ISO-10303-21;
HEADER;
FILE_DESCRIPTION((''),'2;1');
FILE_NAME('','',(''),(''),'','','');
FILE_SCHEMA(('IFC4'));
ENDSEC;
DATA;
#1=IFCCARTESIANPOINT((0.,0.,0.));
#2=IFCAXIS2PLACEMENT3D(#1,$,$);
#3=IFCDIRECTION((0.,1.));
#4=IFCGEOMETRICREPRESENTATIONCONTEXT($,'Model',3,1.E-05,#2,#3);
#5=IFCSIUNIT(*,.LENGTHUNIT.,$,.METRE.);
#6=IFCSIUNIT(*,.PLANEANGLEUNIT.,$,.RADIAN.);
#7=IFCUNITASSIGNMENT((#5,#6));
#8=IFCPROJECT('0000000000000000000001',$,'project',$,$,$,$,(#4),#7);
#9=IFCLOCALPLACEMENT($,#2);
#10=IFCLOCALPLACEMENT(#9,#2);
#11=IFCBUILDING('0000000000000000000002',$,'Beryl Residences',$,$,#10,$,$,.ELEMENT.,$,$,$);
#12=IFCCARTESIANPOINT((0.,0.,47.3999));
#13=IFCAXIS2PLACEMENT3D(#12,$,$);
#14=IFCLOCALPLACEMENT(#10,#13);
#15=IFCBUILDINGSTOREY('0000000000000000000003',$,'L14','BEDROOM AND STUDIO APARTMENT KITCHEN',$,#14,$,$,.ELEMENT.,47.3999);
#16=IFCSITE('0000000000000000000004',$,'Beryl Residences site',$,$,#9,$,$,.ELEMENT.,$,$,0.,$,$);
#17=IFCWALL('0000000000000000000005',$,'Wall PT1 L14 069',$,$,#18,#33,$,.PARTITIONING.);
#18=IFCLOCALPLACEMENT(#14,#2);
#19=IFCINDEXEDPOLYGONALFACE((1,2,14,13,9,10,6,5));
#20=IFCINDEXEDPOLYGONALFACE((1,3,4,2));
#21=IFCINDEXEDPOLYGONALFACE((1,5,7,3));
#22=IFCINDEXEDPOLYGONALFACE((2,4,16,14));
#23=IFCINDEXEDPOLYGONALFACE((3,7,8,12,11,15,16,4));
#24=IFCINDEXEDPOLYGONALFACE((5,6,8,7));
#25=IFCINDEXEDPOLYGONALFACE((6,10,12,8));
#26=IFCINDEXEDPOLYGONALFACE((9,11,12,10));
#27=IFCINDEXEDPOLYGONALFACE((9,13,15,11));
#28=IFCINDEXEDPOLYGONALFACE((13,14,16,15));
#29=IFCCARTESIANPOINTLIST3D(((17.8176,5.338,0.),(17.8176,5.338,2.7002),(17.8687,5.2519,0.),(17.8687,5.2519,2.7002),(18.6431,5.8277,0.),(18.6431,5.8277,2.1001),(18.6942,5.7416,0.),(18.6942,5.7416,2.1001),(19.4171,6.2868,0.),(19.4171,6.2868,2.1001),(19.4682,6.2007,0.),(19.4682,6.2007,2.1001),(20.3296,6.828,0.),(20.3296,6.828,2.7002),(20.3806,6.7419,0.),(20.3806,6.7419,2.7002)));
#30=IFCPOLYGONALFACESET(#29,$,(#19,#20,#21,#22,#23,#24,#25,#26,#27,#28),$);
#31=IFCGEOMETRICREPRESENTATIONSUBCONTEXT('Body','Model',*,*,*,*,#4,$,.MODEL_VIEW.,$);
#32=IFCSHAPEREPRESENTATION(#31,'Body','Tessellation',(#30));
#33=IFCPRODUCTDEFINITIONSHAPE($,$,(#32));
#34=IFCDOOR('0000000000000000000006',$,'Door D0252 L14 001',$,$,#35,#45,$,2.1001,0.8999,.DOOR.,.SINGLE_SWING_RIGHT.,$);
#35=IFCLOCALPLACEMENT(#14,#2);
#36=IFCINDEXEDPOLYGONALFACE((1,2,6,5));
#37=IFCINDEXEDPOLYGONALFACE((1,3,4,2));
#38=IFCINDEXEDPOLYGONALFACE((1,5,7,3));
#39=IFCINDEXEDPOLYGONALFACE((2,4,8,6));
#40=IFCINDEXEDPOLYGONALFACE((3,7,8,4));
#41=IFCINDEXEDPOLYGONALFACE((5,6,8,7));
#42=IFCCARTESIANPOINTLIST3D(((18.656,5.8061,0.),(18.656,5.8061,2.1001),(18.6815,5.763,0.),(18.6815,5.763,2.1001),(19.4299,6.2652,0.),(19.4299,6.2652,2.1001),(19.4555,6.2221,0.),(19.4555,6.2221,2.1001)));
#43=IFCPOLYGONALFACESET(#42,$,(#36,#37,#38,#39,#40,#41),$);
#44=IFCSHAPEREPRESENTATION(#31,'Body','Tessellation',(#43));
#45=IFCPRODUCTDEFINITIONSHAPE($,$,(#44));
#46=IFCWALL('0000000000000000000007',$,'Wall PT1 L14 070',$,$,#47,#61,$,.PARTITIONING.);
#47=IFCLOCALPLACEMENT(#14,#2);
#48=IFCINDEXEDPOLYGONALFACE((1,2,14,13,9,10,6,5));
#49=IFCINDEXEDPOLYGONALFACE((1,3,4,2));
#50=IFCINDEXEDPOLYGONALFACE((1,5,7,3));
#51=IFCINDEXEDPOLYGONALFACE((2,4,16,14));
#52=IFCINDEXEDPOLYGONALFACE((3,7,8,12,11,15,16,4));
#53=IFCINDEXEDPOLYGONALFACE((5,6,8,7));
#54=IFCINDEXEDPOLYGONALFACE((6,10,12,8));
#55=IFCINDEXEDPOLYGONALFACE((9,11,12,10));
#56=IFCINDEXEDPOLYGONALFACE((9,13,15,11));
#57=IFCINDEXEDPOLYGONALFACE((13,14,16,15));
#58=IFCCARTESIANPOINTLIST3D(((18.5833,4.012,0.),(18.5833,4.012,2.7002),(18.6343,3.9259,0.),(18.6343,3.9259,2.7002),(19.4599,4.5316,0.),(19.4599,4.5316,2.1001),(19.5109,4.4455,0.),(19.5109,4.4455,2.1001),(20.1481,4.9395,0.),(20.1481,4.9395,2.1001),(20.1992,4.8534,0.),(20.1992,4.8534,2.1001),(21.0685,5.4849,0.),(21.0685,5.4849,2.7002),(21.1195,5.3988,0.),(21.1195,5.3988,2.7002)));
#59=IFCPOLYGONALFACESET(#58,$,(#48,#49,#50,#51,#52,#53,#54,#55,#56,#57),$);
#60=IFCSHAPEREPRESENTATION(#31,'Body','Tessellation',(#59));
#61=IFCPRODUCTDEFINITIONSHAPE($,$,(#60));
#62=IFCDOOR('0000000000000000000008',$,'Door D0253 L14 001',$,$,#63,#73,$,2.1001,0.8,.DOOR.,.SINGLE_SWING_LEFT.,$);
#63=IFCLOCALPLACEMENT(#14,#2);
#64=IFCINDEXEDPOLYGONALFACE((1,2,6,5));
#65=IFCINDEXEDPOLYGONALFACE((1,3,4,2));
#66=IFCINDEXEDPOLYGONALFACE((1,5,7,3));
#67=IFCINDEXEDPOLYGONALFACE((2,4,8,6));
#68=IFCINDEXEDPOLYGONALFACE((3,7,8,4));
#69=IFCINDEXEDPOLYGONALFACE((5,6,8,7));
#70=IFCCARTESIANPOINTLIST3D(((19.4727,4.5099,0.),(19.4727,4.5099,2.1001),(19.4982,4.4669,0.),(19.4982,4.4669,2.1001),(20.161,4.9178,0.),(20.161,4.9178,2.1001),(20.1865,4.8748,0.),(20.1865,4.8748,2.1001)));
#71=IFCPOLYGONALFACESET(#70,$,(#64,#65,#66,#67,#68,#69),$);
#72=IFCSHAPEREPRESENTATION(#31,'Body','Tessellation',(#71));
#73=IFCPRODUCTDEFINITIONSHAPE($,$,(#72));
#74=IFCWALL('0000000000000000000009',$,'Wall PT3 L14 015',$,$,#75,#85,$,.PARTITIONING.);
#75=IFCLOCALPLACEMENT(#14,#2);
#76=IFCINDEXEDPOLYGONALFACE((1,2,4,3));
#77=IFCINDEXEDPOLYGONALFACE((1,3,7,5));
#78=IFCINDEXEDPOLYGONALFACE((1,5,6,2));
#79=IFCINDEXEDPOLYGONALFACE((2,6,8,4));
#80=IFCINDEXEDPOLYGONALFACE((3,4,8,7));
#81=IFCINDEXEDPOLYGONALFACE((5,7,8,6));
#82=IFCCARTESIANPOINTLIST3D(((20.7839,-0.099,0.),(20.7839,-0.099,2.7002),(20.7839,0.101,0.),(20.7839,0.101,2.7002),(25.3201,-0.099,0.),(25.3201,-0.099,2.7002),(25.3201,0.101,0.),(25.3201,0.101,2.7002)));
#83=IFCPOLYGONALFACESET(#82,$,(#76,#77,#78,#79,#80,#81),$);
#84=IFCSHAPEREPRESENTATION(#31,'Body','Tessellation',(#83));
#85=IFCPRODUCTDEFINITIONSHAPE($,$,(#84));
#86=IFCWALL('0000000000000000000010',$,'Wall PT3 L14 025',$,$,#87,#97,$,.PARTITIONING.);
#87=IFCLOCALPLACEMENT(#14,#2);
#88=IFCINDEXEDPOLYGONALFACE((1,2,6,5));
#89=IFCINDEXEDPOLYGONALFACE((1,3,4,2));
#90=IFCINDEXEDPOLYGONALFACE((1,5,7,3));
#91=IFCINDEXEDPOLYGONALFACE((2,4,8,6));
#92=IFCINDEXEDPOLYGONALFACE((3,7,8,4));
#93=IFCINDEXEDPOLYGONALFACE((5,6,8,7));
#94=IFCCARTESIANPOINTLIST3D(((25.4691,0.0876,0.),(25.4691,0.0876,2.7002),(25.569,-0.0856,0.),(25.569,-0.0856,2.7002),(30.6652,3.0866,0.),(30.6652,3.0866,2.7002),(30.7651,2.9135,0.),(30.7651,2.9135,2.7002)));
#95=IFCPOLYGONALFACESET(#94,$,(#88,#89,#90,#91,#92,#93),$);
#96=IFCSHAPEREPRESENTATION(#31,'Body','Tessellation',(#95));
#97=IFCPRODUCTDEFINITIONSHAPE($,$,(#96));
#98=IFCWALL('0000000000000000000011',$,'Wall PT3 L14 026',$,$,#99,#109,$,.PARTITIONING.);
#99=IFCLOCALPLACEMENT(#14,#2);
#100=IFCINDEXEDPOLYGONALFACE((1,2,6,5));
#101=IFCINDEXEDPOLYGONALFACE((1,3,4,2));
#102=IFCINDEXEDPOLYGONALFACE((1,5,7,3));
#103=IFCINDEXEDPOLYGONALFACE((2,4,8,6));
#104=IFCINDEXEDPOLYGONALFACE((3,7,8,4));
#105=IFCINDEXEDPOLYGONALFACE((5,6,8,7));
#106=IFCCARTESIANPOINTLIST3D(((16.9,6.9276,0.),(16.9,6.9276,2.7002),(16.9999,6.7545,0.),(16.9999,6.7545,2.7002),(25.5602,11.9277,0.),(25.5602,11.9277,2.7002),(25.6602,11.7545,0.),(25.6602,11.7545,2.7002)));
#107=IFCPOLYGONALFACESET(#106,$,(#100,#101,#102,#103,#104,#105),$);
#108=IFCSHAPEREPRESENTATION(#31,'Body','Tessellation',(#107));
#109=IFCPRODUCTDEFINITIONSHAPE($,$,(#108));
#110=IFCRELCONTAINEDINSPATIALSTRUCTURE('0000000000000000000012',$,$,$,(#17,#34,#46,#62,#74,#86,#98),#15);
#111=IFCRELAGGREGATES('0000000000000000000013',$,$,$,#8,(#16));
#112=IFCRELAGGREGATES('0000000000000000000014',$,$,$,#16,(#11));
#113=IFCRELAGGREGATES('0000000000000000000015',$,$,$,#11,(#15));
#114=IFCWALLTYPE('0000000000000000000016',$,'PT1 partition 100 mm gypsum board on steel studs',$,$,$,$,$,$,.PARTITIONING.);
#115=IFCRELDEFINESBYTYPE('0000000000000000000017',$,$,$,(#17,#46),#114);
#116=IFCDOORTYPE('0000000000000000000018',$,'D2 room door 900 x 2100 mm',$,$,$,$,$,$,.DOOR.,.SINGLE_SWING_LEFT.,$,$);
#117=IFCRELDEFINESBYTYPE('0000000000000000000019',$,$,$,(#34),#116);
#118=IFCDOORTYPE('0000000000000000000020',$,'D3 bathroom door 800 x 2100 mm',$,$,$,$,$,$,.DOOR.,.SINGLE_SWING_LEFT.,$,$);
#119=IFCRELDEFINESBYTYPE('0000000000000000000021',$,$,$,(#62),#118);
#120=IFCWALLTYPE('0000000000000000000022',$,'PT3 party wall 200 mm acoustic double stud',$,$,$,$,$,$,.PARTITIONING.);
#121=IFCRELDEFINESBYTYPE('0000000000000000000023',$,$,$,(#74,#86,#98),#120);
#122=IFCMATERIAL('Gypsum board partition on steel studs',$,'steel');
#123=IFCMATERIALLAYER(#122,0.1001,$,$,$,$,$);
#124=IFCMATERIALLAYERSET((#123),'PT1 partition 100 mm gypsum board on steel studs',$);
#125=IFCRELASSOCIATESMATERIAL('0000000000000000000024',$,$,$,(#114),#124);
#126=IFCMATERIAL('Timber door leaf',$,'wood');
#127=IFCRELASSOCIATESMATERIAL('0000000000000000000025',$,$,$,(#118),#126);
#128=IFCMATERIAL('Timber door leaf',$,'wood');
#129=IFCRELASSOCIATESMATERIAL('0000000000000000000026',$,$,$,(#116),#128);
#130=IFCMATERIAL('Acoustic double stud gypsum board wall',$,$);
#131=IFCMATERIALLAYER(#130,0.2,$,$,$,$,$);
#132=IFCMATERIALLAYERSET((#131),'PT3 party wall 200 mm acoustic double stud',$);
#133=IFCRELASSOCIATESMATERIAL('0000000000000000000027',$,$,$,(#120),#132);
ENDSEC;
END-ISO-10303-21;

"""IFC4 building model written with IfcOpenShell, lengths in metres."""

from ifc_helpers import new_model, si_unit, direction, frame, frame_2d, origin, place, context, subcontext, project, spatial, rectangle, extrude, material, layer, layer_set, type_object, element, fill, save


model = new_model("IFC4")

# Units and contexts
model_context = context("Model", 3, precision=1e-05, world=origin(), true_north=direction((0.0, 1.0)))
body_context = subcontext(model_context, "Body", "Model", "MODEL_VIEW")
ifc_project = project(units=[si_unit("LENGTHUNIT", "METRE"), si_unit("PLANEANGLEUNIT", "RADIAN")], contexts=[model_context])

# Site, building, storey
site_placement = place(None, origin())
site = spatial("IfcSite", under=ifc_project, at=site_placement, Name="Beryl Residences site", CompositionType="ELEMENT", RefElevation=0.0)
building_placement = place(site_placement, origin())
building = spatial("IfcBuilding", under=site, at=building_placement, Name="Beryl Residences", CompositionType="ELEMENT")
storey_placement = place(building_placement, frame((0.0, 0.0, 47.3999)))
storey = spatial("IfcBuildingStorey", under=building, at=storey_placement, Name="L14", Description="BEDROOM AND STUDIO APARTMENT KITCHEN", CompositionType="ELEMENT", Elevation=47.3999)

# Shared definitions
ifc_material_1 = material(Name="Gypsum board partition on steel studs", Category="steel")
ifc_layer_1 = layer(ifc_material_1, 0.1001)
ifc_layer_set_1 = layer_set([ifc_layer_1], Name="PT1 partition 100 mm gypsum board on steel studs")
wall_type_1 = type_object("IfcWallType", Name="PT1 partition 100 mm gypsum board on steel studs", PredefinedType="PARTITIONING", material=ifc_layer_set_1)

# Walls, openings, doors
ifc_material_2 = material(Name="Timber door leaf", Category="wood")
door_type_1 = type_object("IfcDoorType", Name="D3 bathroom door 800 x 2100 mm", OperationType="SINGLE_SWING_LEFT", PredefinedType="DOOR", material=ifc_material_2)
ifc_material_3 = material(Name="Timber door leaf", Category="wood")
door_type_2 = type_object("IfcDoorType", Name="D2 room door 900 x 2100 mm", OperationType="SINGLE_SWING_LEFT", PredefinedType="DOOR", material=ifc_material_3)
wall_1_placement = place(storey_placement, frame((17.843, 5.2949, 0.0), z_axis=(0.0, 0.0, 1.0), x_axis=(0.860078, 0.510162, 0.0)))
wall_1 = element("IfcWall", 1, at=wall_1_placement, inside=storey, type_object=wall_type_1, Name="Wall PT1 L14 069", PredefinedType="PARTITIONING", context=body_context, shape_type="SweptSolid", body=[
    extrude(rectangle(XDim=2.9207, YDim=0.1001, at=frame_2d((1.4604, 0.0))), origin(), (0.0, 0.0, 1.0), 2.7002),
])
opening_1_placement = place(wall_1_placement, frame((0.96, 0.0, 0.0)))
opening_1 = element("IfcOpeningElement", 2, at=opening_1_placement, cuts=wall_1, PredefinedType="OPENING", context=body_context, shape_type="SweptSolid", body=[
    extrude(rectangle(XDim=0.8999, YDim=2.1001, at=frame_2d((0.45, 1.05))), frame((0.0, 0.0601, 0.0), z_axis=(0.0, -1.0, 0.0), x_axis=(1.0, 0.0, 0.0)), (0.0, 0.0, 1.0), 0.1201),
])
door_1_placement = place(opening_1_placement, origin())
door_1 = element("IfcDoor", 3, at=door_1_placement, inside=storey, type_object=door_type_2, Name="Door D0252 L14 001", OperationType="SINGLE_SWING_RIGHT", OverallHeight=2.1001, OverallWidth=0.8999, PredefinedType="DOOR", context=body_context, shape_type="SweptSolid", body=[
    extrude(rectangle(XDim=0.8999, YDim=2.1001, at=frame_2d((0.45, 1.05))), frame((0.0, 0.0249, 0.0), z_axis=(0.0, -1.0, 0.0), x_axis=(1.0, 0.0, 0.0)), (0.0, 0.0, 1.0), 0.05),
])
fill(opening_1, door_1)
wall_2_placement = place(storey_placement, frame((18.6089, 3.969, 0.0), z_axis=(0.0, 0.0, 1.0), x_axis=(0.860254, 0.509865, 0.0)))
wall_2 = element("IfcWall", 4, at=wall_2_placement, inside=storey, type_object=wall_type_1, Name="Wall PT1 L14 070", PredefinedType="PARTITIONING", context=body_context, shape_type="SweptSolid", body=[
    extrude(rectangle(XDim=2.8889, YDim=0.1001, at=frame_2d((1.4443, 0.0))), origin(), (0.0, 0.0, 1.0), 2.7002),
])
opening_2_placement = place(wall_2_placement, frame((1.019, 0.0, 0.0)))
opening_2 = element("IfcOpeningElement", 5, at=opening_2_placement, cuts=wall_2, PredefinedType="OPENING", context=body_context, shape_type="SweptSolid", body=[
    extrude(rectangle(XDim=0.8, YDim=2.1001, at=frame_2d((0.3999, 1.05))), frame((0.0, 0.0601, 0.0), z_axis=(0.0, -1.0, 0.0), x_axis=(1.0, 0.0, 0.0)), (0.0, 0.0, 1.0), 0.1201),
])
door_2_placement = place(opening_2_placement, origin())
door_2 = element("IfcDoor", 6, at=door_2_placement, inside=storey, type_object=door_type_1, Name="Door D0253 L14 001", OperationType="SINGLE_SWING_LEFT", OverallHeight=2.1001, OverallWidth=0.8, PredefinedType="DOOR", context=body_context, shape_type="SweptSolid", body=[
    extrude(rectangle(XDim=0.8, YDim=2.1001, at=frame_2d((0.3999, 1.05))), frame((0.0, 0.0249, 0.0), z_axis=(0.0, -1.0, 0.0), x_axis=(1.0, 0.0, 0.0)), (0.0, 0.0, 1.0), 0.05),
])
fill(opening_2, door_2)

# Walls
ifc_material_4 = material(Name="Acoustic double stud gypsum board wall")
ifc_layer_2 = layer(ifc_material_4, 0.2)
ifc_layer_set_2 = layer_set([ifc_layer_2], Name="PT3 party wall 200 mm acoustic double stud")
wall_type_2 = type_object("IfcWallType", Name="PT3 party wall 200 mm acoustic double stud", PredefinedType="PARTITIONING", material=ifc_layer_set_2)
wall_3_placement = place(storey_placement, frame((20.7839, 0.001, 0.0), z_axis=(0.0, 0.0, 1.0), x_axis=(1.0, 0.0, 0.0)))
element("IfcWall", 7, at=wall_3_placement, inside=storey, type_object=wall_type_2, Name="Wall PT3 L14 015", PredefinedType="PARTITIONING", context=body_context, shape_type="SweptSolid", body=[
    extrude(rectangle(XDim=4.5361, YDim=0.2, at=frame_2d((2.2681, 0.0))), origin(), (0.0, 0.0, 1.0), 2.7002),
])
wall_4_placement = place(storey_placement, frame((25.519, 0.001, 0.0), z_axis=(0.0, 0.0, 1.0), x_axis=(0.866091, 0.499886, 0.0)))
element("IfcWall", 8, at=wall_4_placement, inside=storey, type_object=wall_type_2, Name="Wall PT3 L14 025", PredefinedType="PARTITIONING", context=body_context, shape_type="SweptSolid", body=[
    extrude(rectangle(XDim=5.9995, YDim=0.2, at=frame_2d((2.9998, 0.0))), origin(), (0.0, 0.0, 1.0), 2.7002),
])
wall_5_placement = place(storey_placement, frame((16.95, 6.8411, 0.0), z_axis=(0.0, 0.0, 1.0), x_axis=(0.866023, 0.500004, 0.0)))
element("IfcWall", 9, at=wall_5_placement, inside=storey, type_object=wall_type_2, Name="Wall PT3 L14 026", PredefinedType="PARTITIONING", context=body_context, shape_type="SweptSolid", body=[
    extrude(rectangle(XDim=10.0, YDim=0.2, at=frame_2d((5.0, 0.0))), origin(), (0.0, 0.0, 1.0), 2.7002),
])

save(model, "model.ifc")
